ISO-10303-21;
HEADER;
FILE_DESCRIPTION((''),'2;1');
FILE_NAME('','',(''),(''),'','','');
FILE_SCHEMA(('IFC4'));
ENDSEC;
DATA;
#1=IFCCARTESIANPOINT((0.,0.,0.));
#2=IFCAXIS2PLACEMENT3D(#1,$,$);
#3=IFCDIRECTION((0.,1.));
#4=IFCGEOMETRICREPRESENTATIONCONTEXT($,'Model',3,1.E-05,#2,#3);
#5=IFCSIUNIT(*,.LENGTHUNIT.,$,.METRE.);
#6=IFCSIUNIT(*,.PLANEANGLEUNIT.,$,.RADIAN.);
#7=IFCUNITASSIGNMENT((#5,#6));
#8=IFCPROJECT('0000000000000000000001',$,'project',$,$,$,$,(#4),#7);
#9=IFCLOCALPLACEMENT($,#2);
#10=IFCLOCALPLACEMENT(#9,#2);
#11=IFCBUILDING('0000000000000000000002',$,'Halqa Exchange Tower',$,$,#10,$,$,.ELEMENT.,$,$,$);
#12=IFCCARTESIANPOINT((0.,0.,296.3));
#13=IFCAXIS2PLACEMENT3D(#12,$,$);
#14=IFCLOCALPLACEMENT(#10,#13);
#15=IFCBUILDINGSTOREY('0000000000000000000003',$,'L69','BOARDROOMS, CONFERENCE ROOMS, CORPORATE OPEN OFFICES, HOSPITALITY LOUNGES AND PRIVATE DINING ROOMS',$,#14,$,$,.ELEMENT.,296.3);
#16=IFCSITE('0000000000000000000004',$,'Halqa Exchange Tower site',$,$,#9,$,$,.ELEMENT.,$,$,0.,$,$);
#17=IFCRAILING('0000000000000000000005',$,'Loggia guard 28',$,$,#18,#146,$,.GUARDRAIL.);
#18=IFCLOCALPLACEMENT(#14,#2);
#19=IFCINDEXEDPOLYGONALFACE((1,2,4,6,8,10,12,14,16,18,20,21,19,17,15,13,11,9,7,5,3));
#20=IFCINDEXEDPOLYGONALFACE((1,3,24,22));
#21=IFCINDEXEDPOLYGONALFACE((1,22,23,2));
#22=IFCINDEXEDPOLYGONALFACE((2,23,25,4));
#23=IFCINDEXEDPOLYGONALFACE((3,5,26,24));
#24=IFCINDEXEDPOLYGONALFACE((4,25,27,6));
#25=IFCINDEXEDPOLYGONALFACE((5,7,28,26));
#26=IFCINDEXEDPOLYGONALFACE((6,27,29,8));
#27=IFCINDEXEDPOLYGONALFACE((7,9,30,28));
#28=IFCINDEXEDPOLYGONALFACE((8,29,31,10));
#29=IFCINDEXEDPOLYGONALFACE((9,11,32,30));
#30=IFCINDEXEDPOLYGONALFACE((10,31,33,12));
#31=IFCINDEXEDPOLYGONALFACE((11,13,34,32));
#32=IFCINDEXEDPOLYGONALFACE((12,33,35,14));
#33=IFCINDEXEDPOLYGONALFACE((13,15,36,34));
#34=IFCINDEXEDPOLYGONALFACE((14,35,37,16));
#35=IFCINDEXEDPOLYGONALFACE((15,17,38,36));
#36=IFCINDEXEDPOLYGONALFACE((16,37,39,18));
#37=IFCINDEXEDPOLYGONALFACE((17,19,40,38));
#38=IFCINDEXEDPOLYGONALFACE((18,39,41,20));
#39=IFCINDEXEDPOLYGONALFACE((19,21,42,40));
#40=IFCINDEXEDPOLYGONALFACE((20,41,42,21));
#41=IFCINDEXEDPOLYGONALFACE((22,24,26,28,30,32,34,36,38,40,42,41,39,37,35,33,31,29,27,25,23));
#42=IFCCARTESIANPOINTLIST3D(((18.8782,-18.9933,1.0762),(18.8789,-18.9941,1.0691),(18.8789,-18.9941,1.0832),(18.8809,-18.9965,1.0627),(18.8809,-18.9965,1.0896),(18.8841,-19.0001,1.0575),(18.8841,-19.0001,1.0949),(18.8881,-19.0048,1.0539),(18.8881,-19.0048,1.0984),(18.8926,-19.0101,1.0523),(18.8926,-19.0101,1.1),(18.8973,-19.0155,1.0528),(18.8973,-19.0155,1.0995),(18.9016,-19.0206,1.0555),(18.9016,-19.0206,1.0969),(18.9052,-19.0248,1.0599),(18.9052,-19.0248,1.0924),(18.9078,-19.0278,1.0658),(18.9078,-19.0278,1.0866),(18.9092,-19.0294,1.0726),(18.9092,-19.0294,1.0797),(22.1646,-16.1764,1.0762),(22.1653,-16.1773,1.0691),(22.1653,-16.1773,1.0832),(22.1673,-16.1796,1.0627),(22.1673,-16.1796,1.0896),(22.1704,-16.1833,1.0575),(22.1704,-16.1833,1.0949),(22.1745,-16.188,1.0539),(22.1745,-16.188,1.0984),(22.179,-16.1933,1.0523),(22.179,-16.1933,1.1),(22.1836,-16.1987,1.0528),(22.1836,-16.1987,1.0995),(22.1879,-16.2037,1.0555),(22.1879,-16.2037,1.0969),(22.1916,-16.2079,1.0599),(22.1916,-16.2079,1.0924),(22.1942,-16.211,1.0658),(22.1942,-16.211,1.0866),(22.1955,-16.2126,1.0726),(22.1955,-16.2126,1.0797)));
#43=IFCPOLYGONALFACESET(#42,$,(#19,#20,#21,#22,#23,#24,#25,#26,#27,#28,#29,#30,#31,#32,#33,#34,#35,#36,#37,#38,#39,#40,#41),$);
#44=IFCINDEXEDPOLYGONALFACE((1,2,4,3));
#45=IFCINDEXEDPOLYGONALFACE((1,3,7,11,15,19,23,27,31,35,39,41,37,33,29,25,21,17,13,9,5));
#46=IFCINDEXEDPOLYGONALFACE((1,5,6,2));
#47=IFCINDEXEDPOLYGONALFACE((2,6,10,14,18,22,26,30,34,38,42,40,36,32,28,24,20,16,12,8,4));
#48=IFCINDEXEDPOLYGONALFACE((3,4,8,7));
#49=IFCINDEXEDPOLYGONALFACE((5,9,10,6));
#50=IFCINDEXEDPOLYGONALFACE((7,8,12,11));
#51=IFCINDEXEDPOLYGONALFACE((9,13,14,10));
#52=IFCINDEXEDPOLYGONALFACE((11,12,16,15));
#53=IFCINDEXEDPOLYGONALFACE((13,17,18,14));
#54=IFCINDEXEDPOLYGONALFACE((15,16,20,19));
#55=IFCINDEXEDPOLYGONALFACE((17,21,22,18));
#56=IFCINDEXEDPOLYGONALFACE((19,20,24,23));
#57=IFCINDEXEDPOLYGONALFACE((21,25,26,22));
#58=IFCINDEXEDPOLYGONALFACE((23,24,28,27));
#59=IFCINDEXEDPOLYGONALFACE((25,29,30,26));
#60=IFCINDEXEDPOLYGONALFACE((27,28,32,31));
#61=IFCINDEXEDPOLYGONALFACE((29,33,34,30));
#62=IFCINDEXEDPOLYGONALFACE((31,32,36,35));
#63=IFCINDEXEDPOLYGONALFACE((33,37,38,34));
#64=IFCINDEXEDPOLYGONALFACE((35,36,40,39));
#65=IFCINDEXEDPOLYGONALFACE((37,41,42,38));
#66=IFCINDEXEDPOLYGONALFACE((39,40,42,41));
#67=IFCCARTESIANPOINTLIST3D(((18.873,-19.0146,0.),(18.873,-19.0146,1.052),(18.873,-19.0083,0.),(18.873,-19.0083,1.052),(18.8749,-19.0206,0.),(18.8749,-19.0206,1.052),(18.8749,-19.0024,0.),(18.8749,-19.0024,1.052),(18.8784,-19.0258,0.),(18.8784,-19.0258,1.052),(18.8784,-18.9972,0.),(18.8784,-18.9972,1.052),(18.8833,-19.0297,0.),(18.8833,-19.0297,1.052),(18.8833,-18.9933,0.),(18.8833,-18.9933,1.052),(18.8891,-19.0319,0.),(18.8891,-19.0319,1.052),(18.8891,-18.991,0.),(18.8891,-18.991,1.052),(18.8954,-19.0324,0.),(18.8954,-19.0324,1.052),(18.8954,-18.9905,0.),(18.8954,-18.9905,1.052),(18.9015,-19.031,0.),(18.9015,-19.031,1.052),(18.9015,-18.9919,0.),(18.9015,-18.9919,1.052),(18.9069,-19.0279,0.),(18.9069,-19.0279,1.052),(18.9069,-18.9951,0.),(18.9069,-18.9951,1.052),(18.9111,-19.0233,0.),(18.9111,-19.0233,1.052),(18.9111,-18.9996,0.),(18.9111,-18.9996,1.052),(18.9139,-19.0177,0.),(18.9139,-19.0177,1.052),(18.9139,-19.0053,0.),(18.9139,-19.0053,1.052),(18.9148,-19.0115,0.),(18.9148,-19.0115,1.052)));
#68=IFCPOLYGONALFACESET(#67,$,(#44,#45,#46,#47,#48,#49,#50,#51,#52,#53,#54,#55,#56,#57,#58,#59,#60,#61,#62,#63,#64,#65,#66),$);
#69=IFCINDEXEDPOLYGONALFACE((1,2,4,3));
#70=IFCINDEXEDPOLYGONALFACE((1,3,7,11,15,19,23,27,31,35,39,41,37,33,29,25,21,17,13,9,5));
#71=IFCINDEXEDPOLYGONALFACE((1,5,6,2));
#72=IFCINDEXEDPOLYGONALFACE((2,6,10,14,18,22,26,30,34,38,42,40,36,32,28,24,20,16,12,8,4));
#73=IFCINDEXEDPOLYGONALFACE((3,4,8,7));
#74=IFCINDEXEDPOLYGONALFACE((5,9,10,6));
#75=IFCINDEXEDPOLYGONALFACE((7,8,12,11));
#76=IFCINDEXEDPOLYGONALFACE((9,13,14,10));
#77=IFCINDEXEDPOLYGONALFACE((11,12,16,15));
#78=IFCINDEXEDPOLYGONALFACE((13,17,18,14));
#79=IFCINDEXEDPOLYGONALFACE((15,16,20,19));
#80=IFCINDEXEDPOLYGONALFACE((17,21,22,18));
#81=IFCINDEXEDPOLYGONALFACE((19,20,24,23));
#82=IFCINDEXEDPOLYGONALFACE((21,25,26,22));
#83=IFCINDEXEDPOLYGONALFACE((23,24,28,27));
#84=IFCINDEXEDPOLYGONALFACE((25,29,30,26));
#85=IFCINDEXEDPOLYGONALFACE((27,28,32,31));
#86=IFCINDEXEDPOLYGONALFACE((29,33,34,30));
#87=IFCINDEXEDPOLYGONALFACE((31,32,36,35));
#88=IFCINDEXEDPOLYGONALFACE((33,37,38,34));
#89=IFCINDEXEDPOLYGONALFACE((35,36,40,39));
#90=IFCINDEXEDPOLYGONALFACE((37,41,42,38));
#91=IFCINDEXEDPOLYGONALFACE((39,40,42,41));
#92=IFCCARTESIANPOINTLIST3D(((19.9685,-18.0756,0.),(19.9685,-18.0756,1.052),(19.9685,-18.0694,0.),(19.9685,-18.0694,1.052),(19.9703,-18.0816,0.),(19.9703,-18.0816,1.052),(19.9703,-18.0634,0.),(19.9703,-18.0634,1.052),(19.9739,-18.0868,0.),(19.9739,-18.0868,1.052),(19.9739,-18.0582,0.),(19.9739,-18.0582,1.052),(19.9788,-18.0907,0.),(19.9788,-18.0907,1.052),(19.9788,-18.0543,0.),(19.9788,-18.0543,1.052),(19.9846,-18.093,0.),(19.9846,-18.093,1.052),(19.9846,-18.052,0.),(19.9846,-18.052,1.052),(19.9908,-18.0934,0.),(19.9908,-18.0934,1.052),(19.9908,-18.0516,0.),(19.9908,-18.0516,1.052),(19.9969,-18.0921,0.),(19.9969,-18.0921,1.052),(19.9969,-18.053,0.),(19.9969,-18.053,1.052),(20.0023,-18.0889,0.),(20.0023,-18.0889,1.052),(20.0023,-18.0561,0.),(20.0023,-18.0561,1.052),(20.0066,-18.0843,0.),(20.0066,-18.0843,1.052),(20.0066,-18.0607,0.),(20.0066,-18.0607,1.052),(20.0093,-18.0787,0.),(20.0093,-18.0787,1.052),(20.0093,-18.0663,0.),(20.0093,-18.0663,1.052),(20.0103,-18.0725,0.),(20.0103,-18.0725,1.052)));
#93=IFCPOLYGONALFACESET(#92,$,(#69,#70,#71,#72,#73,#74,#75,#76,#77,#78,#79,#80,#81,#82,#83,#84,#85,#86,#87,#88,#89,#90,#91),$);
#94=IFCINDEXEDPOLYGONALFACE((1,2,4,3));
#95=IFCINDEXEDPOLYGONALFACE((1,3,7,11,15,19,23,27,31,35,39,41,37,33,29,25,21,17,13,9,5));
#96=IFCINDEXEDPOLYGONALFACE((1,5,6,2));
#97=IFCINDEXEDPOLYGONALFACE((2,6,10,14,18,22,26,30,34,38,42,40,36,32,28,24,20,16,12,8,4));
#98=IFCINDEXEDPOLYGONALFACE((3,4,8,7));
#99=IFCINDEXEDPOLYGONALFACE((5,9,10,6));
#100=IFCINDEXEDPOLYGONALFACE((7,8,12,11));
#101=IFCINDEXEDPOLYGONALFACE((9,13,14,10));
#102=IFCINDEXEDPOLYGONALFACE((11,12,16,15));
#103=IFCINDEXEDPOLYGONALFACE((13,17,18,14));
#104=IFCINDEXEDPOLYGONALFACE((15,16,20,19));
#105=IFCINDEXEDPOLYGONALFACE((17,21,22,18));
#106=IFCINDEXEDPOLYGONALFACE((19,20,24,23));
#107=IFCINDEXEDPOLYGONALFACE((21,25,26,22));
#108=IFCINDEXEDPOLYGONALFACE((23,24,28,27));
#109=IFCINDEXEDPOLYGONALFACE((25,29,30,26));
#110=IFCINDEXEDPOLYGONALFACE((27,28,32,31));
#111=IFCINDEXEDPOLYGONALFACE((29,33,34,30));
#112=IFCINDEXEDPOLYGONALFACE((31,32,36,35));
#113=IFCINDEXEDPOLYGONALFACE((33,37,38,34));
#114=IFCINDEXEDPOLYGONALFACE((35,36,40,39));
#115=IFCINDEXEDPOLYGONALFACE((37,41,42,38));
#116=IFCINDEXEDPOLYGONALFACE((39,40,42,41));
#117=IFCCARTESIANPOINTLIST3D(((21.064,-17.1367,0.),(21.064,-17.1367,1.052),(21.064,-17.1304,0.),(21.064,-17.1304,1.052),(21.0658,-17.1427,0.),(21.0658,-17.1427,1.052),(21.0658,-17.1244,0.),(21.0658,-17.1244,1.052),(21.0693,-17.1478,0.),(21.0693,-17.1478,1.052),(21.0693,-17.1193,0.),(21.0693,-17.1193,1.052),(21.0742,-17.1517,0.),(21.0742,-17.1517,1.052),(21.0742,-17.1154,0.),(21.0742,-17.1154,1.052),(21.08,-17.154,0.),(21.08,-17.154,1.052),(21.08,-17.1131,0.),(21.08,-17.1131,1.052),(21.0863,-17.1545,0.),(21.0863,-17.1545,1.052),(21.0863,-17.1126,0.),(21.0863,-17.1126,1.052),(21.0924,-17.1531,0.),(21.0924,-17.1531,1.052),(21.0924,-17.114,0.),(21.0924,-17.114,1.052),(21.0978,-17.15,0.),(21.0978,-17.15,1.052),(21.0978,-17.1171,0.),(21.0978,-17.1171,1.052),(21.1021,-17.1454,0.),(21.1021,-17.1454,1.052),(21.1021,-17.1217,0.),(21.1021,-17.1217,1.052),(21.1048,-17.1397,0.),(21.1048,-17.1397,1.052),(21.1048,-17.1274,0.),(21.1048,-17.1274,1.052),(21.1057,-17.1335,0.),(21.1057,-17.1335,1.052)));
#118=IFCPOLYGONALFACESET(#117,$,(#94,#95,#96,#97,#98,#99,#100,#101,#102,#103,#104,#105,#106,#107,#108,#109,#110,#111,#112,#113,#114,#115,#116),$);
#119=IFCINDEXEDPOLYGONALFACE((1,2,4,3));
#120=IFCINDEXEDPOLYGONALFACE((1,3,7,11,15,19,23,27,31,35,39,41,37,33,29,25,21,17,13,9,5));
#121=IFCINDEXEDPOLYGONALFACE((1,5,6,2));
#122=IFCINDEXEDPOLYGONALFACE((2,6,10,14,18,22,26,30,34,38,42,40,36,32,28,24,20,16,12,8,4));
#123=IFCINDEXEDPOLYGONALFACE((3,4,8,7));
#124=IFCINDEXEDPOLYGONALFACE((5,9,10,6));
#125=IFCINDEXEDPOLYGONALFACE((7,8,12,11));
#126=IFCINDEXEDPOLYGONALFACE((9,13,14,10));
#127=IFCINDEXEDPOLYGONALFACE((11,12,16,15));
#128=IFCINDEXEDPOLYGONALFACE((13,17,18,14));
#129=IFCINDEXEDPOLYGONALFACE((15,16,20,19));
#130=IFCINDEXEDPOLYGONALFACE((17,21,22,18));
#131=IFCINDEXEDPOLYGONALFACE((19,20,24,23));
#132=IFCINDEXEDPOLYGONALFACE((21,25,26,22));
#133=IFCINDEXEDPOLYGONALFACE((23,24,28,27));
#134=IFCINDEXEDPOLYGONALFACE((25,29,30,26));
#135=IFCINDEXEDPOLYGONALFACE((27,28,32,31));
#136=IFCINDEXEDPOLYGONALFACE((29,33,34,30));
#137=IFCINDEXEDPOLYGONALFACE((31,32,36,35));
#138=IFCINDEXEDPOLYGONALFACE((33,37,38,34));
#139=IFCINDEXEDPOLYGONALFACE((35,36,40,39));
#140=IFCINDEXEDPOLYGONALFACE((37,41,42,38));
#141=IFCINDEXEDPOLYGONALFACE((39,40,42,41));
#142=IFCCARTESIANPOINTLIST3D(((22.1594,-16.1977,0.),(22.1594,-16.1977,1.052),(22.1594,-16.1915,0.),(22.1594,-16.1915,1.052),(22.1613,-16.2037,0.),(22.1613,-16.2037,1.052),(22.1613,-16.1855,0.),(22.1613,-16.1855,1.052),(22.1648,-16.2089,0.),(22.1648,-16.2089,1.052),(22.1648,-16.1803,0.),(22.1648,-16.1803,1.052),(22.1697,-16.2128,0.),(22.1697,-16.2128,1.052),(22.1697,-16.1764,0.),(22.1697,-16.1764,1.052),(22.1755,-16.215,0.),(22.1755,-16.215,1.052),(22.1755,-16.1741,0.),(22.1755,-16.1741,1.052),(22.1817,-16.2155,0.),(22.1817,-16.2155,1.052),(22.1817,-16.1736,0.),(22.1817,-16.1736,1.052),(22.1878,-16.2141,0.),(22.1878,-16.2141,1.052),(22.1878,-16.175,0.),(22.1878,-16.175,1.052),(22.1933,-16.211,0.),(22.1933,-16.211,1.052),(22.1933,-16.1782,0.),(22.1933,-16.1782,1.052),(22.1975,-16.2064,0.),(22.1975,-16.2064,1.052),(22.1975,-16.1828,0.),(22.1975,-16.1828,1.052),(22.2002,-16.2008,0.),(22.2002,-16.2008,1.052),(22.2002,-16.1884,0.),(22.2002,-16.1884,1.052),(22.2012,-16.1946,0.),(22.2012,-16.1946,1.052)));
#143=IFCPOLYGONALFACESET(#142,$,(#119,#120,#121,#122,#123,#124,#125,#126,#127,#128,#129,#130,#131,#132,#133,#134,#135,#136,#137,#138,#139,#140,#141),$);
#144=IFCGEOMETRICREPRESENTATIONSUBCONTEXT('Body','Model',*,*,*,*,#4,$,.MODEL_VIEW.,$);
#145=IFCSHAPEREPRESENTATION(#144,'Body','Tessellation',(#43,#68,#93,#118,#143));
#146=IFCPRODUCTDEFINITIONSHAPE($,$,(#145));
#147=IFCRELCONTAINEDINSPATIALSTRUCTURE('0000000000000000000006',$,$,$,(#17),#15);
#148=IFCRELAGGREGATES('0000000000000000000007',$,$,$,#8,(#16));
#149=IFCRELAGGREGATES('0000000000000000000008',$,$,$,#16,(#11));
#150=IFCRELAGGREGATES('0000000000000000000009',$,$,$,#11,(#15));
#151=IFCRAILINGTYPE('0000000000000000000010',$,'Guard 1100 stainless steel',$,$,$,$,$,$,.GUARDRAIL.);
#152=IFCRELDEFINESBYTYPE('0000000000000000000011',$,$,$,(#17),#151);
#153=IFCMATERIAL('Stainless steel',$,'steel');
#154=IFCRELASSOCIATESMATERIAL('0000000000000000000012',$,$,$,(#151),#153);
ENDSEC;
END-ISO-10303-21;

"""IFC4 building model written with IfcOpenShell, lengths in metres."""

from ifc_helpers import new_model, si_unit, direction, frame, origin, origin_2d, place, context, subcontext, project, spatial, circle, extrude, material, type_object, element, save


model = new_model("IFC4")

# Units and contexts
model_context = context("Model", 3, precision=1e-05, world=origin(), true_north=direction((0.0, 1.0)))
body_context = subcontext(model_context, "Body", "Model", "MODEL_VIEW")
ifc_project = project(units=[si_unit("LENGTHUNIT", "METRE"), si_unit("PLANEANGLEUNIT", "RADIAN")], contexts=[model_context])

# Site, building, storey
site_placement = place(None, origin())
site = spatial("IfcSite", under=ifc_project, at=site_placement, Name="Halqa Exchange Tower site", CompositionType="ELEMENT", RefElevation=0.0)
building_placement = place(site_placement, origin())
building = spatial("IfcBuilding", under=site, at=building_placement, Name="Halqa Exchange Tower", CompositionType="ELEMENT")
storey_placement = place(building_placement, frame((0.0, 0.0, 296.3)))
storey = spatial("IfcBuildingStorey", under=building, at=storey_placement, Name="L69", Description="BOARDROOMS, CONFERENCE ROOMS, CORPORATE OPEN OFFICES, HOSPITALITY LOUNGES AND PRIVATE DINING ROOMS", CompositionType="ELEMENT", Elevation=296.3)

# Railing
ifc_material_1 = material(Name="Stainless steel", Category="steel")
railing_type = type_object("IfcRailingType", Name="Guard 1100 stainless steel", PredefinedType="GUARDRAIL", material=ifc_material_1)
railing_1_placement = place(storey_placement, frame((18.8938, -19.0115, 0.0)))
element("IfcRailing", 1, at=railing_1_placement, inside=storey, type_object=railing_type, Name="Loggia guard 28", PredefinedType="GUARDRAIL", context=body_context, shape_type="SweptSolid", body=[
    extrude(circle(Radius=0.0239, at=origin_2d()), frame((0.0, 0.0, 1.0762), z_axis=(0.759257, 0.650791, 0.0), x_axis=(-0.650791, 0.759257, 0.0)), (0.0, 0.0, 1.0), 4.3284),
    extrude(circle(Radius=0.021, at=origin_2d()), origin(), (0.0, 0.0, 1.0), 1.052),
    extrude(circle(Radius=0.021, at=origin_2d()), frame((1.0955, 0.939, 0.0)), (0.0, 0.0, 1.0), 1.052),
    extrude(circle(Radius=0.021, at=origin_2d()), frame((2.1909, 1.8779, 0.0)), (0.0, 0.0, 1.0), 1.052),
    extrude(circle(Radius=0.021, at=origin_2d()), frame((3.2864, 2.8169, 0.0)), (0.0, 0.0, 1.0), 1.052),
])

save(model, "model.ifc")
